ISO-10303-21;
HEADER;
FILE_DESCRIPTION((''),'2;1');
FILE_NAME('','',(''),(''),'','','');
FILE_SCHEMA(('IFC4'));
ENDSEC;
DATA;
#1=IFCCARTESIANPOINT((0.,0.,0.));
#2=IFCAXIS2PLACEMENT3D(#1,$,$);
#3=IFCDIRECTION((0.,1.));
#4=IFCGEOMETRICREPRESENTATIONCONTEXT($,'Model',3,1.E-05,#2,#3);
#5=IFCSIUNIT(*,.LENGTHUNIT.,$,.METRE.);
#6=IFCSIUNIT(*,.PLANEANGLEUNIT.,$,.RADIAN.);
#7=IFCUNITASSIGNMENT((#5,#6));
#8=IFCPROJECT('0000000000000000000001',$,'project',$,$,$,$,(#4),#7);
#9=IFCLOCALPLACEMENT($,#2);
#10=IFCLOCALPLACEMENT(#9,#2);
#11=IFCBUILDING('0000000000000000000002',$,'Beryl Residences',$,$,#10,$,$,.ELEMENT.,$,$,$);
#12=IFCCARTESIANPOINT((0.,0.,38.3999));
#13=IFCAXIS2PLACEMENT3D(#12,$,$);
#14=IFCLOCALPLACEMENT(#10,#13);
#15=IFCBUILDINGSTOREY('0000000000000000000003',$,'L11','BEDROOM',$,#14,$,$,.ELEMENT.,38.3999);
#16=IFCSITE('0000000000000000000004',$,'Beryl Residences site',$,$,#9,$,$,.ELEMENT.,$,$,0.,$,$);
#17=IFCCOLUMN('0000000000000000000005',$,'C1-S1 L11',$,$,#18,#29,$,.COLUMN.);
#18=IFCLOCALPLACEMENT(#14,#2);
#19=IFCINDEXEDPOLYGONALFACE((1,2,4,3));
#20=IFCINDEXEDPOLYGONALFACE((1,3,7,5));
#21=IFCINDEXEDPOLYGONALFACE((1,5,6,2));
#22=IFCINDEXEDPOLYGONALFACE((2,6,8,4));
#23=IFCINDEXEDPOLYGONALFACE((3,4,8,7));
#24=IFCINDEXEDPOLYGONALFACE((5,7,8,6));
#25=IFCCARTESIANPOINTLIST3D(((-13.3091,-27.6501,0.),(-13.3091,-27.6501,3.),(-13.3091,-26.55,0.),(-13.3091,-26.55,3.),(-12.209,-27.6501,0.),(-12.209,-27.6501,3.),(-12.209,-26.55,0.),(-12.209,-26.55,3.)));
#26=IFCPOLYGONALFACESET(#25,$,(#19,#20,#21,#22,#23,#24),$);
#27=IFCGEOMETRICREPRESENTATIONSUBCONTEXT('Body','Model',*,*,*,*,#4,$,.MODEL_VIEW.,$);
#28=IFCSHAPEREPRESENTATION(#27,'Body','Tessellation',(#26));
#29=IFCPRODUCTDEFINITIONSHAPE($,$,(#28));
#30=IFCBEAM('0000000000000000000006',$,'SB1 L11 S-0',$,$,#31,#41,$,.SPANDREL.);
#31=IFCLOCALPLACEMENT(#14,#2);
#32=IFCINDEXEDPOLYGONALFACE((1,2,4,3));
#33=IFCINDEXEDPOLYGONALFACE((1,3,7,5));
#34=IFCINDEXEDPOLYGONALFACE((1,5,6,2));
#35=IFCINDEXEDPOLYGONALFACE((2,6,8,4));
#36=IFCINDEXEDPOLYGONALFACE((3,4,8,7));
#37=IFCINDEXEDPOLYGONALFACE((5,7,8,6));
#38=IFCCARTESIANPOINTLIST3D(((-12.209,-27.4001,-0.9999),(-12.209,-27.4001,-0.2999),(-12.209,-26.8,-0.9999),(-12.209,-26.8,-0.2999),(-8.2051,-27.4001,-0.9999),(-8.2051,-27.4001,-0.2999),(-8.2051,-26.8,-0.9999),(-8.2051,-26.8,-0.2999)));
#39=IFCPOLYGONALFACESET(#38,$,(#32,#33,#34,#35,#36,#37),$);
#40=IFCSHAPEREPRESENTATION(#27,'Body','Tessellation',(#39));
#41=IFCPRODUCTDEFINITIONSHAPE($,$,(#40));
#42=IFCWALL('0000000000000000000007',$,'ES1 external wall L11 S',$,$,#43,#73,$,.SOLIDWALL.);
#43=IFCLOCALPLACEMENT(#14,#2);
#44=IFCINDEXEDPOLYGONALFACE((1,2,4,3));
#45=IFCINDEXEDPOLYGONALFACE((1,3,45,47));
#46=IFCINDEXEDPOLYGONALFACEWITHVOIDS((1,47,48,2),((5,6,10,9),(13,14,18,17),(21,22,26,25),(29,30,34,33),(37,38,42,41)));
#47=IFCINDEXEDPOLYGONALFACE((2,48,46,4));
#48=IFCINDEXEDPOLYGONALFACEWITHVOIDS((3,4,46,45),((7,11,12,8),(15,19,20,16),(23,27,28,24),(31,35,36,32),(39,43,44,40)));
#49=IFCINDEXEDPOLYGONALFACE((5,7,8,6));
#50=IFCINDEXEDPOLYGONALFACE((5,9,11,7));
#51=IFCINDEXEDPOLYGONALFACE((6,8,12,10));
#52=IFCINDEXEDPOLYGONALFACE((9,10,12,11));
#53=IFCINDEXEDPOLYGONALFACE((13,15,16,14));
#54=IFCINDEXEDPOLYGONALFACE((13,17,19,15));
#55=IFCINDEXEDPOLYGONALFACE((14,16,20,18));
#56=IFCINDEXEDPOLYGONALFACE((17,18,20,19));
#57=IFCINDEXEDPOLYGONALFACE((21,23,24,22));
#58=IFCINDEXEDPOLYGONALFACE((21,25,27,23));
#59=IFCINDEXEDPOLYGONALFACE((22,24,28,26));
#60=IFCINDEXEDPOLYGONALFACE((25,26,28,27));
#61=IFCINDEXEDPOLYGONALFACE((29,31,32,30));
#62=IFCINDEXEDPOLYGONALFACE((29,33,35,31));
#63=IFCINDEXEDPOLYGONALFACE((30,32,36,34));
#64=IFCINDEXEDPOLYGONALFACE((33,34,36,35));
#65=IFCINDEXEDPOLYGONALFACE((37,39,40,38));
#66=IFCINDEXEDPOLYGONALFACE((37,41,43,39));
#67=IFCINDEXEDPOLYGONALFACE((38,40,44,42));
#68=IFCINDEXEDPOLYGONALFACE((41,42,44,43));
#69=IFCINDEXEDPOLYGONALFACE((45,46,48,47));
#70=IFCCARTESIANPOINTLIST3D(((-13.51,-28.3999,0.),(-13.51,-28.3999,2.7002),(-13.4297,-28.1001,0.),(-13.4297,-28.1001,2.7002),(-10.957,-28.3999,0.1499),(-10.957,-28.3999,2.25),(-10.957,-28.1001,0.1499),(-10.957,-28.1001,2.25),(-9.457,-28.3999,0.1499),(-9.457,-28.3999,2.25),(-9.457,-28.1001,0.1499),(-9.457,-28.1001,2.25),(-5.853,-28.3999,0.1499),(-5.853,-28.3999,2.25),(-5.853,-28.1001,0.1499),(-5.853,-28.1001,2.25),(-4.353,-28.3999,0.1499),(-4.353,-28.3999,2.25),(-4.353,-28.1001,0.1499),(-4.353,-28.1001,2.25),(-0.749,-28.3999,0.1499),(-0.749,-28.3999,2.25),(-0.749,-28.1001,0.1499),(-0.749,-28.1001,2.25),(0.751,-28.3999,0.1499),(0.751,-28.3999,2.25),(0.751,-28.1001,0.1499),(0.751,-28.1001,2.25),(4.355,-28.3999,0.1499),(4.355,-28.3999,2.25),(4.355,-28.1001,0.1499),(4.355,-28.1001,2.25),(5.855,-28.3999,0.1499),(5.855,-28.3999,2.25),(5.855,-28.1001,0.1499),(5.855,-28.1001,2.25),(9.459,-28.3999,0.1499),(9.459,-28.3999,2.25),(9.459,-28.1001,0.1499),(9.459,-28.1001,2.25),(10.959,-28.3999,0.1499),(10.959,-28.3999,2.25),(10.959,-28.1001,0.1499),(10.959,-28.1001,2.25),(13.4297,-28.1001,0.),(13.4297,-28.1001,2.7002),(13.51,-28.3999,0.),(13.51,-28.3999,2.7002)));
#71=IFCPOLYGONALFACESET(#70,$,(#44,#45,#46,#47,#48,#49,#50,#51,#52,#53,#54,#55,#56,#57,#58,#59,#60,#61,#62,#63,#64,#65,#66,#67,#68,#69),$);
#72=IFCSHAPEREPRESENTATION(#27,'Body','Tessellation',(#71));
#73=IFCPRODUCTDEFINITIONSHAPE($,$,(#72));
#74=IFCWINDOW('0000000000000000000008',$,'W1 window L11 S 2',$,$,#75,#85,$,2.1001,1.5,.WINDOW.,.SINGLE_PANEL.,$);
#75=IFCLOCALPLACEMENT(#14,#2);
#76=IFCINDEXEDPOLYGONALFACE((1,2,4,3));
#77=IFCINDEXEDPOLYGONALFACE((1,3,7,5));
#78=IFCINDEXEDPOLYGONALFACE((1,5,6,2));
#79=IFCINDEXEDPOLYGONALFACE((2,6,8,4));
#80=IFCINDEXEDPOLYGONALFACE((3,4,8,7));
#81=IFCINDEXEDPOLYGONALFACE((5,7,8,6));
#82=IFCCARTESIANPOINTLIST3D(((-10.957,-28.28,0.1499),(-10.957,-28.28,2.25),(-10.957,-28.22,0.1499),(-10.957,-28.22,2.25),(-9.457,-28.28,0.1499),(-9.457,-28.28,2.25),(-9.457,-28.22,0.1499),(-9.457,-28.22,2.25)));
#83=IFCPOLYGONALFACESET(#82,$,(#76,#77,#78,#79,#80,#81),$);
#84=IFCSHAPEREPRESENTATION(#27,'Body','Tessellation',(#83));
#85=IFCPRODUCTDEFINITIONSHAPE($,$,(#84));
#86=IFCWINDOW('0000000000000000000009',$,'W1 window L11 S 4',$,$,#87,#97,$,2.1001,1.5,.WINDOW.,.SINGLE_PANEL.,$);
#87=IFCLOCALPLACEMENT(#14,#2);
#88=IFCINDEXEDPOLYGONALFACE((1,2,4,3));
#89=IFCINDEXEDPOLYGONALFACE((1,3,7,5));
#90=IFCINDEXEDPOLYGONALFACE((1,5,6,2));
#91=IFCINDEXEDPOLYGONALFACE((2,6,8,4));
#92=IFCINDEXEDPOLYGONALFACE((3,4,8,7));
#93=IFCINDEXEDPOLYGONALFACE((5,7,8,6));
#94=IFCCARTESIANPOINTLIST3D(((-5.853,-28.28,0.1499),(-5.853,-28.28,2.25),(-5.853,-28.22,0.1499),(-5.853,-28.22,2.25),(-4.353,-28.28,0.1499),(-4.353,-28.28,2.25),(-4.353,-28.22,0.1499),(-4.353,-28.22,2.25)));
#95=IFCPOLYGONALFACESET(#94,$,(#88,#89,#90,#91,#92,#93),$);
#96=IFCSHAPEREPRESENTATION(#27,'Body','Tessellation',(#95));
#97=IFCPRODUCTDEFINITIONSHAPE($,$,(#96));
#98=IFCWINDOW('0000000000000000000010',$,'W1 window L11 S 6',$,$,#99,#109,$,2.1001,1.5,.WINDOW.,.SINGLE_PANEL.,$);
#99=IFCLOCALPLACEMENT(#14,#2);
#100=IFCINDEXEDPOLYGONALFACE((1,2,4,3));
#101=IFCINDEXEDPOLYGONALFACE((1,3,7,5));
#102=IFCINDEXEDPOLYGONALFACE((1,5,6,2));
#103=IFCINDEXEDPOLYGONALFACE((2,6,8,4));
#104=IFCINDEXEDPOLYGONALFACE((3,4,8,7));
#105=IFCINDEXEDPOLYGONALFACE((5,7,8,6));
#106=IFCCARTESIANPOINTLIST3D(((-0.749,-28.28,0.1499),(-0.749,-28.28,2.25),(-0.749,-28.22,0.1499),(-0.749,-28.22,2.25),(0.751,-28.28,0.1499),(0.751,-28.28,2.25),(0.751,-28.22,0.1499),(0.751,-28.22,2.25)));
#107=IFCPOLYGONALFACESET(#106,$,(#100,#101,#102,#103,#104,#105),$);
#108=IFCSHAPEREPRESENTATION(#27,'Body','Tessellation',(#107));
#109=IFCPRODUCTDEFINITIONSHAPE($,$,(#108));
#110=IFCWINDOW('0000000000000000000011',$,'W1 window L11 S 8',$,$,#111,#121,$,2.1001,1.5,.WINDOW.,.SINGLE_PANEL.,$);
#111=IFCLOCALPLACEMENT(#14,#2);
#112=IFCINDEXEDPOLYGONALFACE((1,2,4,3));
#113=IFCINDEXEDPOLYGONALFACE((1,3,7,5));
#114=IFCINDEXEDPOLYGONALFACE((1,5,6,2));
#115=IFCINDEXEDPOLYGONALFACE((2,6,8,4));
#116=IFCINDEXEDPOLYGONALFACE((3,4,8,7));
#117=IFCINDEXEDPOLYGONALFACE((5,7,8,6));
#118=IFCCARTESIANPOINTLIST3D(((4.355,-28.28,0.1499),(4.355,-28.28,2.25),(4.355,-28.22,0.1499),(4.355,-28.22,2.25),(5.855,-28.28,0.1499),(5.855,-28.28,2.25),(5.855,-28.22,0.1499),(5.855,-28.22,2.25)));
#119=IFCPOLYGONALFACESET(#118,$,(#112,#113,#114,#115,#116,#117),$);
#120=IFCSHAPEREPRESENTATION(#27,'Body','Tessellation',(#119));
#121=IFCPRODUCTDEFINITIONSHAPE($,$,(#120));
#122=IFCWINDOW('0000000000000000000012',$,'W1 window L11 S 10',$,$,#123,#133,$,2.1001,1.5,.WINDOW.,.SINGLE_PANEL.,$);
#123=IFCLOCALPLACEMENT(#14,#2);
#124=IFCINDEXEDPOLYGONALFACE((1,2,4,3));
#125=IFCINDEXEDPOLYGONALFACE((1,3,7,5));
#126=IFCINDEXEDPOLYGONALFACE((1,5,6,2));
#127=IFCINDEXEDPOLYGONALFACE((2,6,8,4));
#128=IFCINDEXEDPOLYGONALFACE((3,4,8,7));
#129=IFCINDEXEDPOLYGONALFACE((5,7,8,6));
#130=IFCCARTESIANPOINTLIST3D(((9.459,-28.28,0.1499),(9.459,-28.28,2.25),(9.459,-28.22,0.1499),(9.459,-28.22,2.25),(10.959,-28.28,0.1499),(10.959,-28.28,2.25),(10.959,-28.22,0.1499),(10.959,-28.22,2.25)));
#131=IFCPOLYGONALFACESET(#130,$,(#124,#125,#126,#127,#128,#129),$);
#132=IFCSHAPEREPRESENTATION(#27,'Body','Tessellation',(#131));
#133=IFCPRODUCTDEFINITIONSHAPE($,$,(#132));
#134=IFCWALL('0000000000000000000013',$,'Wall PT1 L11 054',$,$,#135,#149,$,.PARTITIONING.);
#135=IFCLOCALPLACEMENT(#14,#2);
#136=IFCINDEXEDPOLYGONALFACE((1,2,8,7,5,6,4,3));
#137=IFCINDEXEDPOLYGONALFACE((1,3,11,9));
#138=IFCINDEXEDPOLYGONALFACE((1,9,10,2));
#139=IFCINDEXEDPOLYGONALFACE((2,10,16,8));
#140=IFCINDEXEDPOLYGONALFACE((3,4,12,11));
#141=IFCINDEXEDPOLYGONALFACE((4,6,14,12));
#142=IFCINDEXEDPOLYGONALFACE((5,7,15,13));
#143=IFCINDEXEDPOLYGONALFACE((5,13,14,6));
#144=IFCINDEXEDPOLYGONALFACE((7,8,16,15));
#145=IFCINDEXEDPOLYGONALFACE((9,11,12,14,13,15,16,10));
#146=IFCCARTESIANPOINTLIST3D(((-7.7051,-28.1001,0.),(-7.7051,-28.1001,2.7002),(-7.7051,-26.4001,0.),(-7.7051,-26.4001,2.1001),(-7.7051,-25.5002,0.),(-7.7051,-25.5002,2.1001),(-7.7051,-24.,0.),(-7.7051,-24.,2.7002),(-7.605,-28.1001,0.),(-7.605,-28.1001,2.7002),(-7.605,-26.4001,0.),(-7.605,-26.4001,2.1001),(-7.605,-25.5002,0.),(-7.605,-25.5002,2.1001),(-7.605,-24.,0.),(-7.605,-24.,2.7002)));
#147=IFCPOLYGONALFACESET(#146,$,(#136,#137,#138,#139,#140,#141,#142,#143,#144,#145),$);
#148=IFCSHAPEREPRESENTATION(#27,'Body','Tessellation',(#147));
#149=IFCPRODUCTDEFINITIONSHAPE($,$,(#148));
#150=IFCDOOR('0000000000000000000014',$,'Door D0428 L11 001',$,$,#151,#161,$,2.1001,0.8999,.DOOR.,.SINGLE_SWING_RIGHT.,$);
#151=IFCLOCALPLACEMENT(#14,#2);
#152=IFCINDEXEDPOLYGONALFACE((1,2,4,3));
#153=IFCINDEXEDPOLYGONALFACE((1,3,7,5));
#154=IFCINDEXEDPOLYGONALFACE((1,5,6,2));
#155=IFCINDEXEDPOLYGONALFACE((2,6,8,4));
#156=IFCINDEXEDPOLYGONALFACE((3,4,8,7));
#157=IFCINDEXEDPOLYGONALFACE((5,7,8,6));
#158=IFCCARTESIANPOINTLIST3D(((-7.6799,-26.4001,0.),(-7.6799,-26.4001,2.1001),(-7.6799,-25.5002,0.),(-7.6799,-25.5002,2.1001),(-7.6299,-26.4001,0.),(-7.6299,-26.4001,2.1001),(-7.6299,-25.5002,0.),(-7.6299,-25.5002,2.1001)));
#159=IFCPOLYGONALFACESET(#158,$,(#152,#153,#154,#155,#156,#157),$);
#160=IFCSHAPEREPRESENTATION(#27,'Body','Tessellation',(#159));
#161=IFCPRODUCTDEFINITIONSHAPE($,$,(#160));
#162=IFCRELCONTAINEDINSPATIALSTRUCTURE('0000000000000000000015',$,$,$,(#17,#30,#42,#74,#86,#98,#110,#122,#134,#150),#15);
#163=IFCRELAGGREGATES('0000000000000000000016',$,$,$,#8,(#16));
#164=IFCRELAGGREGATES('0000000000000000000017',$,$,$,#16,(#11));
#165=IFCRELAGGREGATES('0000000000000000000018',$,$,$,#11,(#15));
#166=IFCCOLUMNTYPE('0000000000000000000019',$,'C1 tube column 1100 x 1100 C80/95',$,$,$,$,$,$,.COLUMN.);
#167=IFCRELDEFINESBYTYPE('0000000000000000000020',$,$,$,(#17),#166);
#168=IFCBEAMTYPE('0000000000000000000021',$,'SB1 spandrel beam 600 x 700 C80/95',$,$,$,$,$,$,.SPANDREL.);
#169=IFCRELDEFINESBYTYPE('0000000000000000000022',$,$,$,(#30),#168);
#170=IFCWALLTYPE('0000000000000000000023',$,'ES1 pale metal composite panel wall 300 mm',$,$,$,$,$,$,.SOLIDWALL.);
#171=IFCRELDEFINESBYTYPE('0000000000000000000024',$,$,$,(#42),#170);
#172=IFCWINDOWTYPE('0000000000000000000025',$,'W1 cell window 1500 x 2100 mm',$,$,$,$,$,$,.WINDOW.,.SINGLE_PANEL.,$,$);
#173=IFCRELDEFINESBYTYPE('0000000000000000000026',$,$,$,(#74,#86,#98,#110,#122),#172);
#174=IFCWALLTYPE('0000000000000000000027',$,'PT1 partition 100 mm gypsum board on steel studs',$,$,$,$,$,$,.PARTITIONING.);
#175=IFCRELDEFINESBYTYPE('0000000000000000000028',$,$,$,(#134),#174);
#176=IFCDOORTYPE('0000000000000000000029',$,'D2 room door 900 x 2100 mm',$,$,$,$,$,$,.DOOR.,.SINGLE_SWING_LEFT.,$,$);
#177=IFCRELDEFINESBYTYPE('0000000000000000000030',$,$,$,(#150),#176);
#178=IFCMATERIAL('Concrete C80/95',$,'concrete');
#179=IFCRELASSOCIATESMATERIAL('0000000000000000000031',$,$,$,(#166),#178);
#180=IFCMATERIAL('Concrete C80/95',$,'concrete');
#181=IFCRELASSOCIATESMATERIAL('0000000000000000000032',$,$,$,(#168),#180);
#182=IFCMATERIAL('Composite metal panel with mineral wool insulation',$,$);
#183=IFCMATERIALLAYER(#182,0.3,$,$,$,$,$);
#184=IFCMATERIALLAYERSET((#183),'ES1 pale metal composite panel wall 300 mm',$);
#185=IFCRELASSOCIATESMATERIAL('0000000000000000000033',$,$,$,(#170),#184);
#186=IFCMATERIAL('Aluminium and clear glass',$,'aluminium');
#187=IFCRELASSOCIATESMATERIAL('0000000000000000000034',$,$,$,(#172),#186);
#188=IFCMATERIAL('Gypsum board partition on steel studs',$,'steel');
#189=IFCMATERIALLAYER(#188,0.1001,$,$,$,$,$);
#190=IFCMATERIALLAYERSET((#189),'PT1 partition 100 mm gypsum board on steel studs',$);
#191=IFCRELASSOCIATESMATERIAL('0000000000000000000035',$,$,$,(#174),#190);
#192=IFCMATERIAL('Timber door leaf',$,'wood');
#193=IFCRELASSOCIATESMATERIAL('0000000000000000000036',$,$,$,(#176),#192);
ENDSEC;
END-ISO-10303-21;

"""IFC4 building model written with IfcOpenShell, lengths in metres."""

from ifc_helpers import new_model, si_unit, direction, frame, frame_2d, origin, origin_2d, place, context, subcontext, project, spatial, polyline, rectangle, outline, extrude, material, layer, layer_set, material_profile, profile_set, type_object, element, fill, save


model = new_model("IFC4")

# Units and contexts
model_context = context("Model", 3, precision=1e-05, world=origin(), true_north=direction((0.0, 1.0)))
body_context = subcontext(model_context, "Body", "Model", "MODEL_VIEW")
ifc_project = project(units=[si_unit("LENGTHUNIT", "METRE"), si_unit("PLANEANGLEUNIT", "RADIAN")], contexts=[model_context])

# Site, building, storey
site_placement = place(None, origin())
site = spatial("IfcSite", under=ifc_project, at=site_placement, Name="Beryl Residences site", CompositionType="ELEMENT", RefElevation=0.0)
building_placement = place(site_placement, origin())
building = spatial("IfcBuilding", under=site, at=building_placement, Name="Beryl Residences", CompositionType="ELEMENT")
storey_placement = place(building_placement, frame((0.0, 0.0, 38.3999)))
storey = spatial("IfcBuildingStorey", under=building, at=storey_placement, Name="L11", Description="BEDROOM", CompositionType="ELEMENT", Elevation=38.3999)

# Column
ifc_material_1 = material(Name="Concrete C80/95", Category="concrete")
ifc_material_profile_1 = material_profile(ifc_material_1, rectangle(XDim=1.1001, YDim=1.1001, at=origin_2d()))
ifc_profile_set_1 = profile_set([ifc_material_profile_1], Name="Concrete C80/95")
column_type = type_object("IfcColumnType", Name="C1 tube column 1100 x 1100 C80/95", PredefinedType="COLUMN", material=ifc_profile_set_1)
column_placement = place(storey_placement, frame((-12.759, -27.1001, 0.0), z_axis=(0.0, 0.0, 1.0), x_axis=(1.0, 0.0, 0.0)))
element("IfcColumn", 1, at=column_placement, inside=storey, type_object=column_type, Name="C1-S1 L11", PredefinedType="COLUMN", context=body_context, shape_type="SweptSolid", body=[
    extrude(rectangle(XDim=1.1001, YDim=1.1001, at=origin_2d()), origin(), (0.0, 0.0, 1.0), 3.0),
])

# Beam
ifc_material_2 = material(Name="Concrete C80/95", Category="concrete")
ifc_material_profile_2 = material_profile(ifc_material_2, rectangle(XDim=0.6001, YDim=0.7, at=origin_2d()))
ifc_profile_set_2 = profile_set([ifc_material_profile_2], Name="Concrete C80/95")
beam_type = type_object("IfcBeamType", Name="SB1 spandrel beam 600 x 700 C80/95", PredefinedType="SPANDREL", material=ifc_profile_set_2)
beam_placement = place(storey_placement, frame((-12.209, -27.1001, -0.6499), z_axis=(1.0, 0.0, 0.0), x_axis=(0.0, 1.0, 0.0)))
element("IfcBeam", 2, at=beam_placement, inside=storey, type_object=beam_type, Name="SB1 L11 S-0", PredefinedType="SPANDREL", context=body_context, shape_type="SweptSolid", body=[
    extrude(rectangle(XDim=0.6001, YDim=0.7, at=origin_2d()), origin(), (0.0, 0.0, 1.0), 4.0039),
])

# Wall, openings, windows
ifc_material_3 = material(Name="Composite metal panel with mineral wool insulation")
ifc_layer_1 = layer(ifc_material_3, 0.3)
ifc_layer_set_1 = layer_set([ifc_layer_1], Name="ES1 pale metal composite panel wall 300 mm")
wall_type_1 = type_object("IfcWallType", Name="ES1 pale metal composite panel wall 300 mm", PredefinedType="SOLIDWALL", material=ifc_layer_set_1)
wall_1_placement = place(storey_placement, frame((-13.51, -28.25, 0.0), z_axis=(0.0, 0.0, 1.0), x_axis=(1.0, 0.0, 0.0)))
wall_1 = element("IfcWall", 3, at=wall_1_placement, inside=storey, type_object=wall_type_1, Name="ES1 external wall L11 S", PredefinedType="SOLIDWALL", context=body_context, shape_type="SweptSolid", body=[
    extrude(outline(polyline([(0.0, -0.1499), (27.02, -0.1499), (26.9397, 0.1499), (0.0803, 0.1499), (0.0, -0.1499)])), origin(), (0.0, 0.0, 1.0), 2.7002),
])
opening_1_placement = place(wall_1_placement, frame((2.553, 0.0, 0.1499)))
opening_1 = element("IfcOpeningElement", 4, at=opening_1_placement, cuts=wall_1, PredefinedType="OPENING", context=body_context, shape_type="SweptSolid", body=[
    extrude(rectangle(XDim=1.5, YDim=2.1001, at=frame_2d((0.75, 1.05))), frame((0.0, 0.1599, 0.0), z_axis=(0.0, -1.0, 0.0), x_axis=(1.0, 0.0, 0.0)), (0.0, 0.0, 1.0), 0.3201),
])
opening_2_placement = place(wall_1_placement, frame((7.657, 0.0, 0.1499)))
opening_2 = element("IfcOpeningElement", 5, at=opening_2_placement, cuts=wall_1, PredefinedType="OPENING", context=body_context, shape_type="SweptSolid", body=[
    extrude(rectangle(XDim=1.5, YDim=2.1001, at=frame_2d((0.75, 1.05))), frame((0.0, 0.1599, 0.0), z_axis=(0.0, -1.0, 0.0), x_axis=(1.0, 0.0, 0.0)), (0.0, 0.0, 1.0), 0.3201),
])
opening_3_placement = place(wall_1_placement, frame((12.761, 0.0, 0.1499)))
opening_3 = element("IfcOpeningElement", 6, at=opening_3_placement, cuts=wall_1, PredefinedType="OPENING", context=body_context, shape_type="SweptSolid", body=[
    extrude(rectangle(XDim=1.5, YDim=2.1001, at=frame_2d((0.75, 1.05))), frame((0.0, 0.1599, 0.0), z_axis=(0.0, -1.0, 0.0), x_axis=(1.0, 0.0, 0.0)), (0.0, 0.0, 1.0), 0.3201),
])
opening_4_placement = place(wall_1_placement, frame((17.865, 0.0, 0.1499)))
opening_4 = element("IfcOpeningElement", 7, at=opening_4_placement, cuts=wall_1, PredefinedType="OPENING", context=body_context, shape_type="SweptSolid", body=[
    extrude(rectangle(XDim=1.5, YDim=2.1001, at=frame_2d((0.75, 1.05))), frame((0.0, 0.1599, 0.0), z_axis=(0.0, -1.0, 0.0), x_axis=(1.0, 0.0, 0.0)), (0.0, 0.0, 1.0), 0.3201),
])
opening_5_placement = place(wall_1_placement, frame((22.969, 0.0, 0.1499)))
opening_5 = element("IfcOpeningElement", 8, at=opening_5_placement, cuts=wall_1, PredefinedType="OPENING", context=body_context, shape_type="SweptSolid", body=[
    extrude(rectangle(XDim=1.5, YDim=2.1001, at=frame_2d((0.75, 1.05))), frame((0.0, 0.1599, 0.0), z_axis=(0.0, -1.0, 0.0), x_axis=(1.0, 0.0, 0.0)), (0.0, 0.0, 1.0), 0.3201),
])
ifc_material_4 = material(Name="Aluminium and clear glass", Category="aluminium")
window_type = type_object("IfcWindowType", Name="W1 cell window 1500 x 2100 mm", PartitioningType="SINGLE_PANEL", PredefinedType="WINDOW", material=ifc_material_4)
window_1_placement = place(opening_1_placement, origin())
window_1 = element("IfcWindow", 9, at=window_1_placement, inside=storey, type_object=window_type, Name="W1 window L11 S 2", OverallHeight=2.1001, OverallWidth=1.5, PartitioningType="SINGLE_PANEL", PredefinedType="WINDOW", context=body_context, shape_type="SweptSolid", body=[
    extrude(rectangle(XDim=1.5, YDim=2.1001, at=frame_2d((0.75, 1.05))), frame((0.0, 0.03, 0.0), z_axis=(0.0, -1.0, 0.0), x_axis=(1.0, 0.0, 0.0)), (0.0, 0.0, 1.0), 0.0601),
])
fill(opening_1, window_1)
window_2_placement = place(opening_2_placement, origin())
window_2 = element("IfcWindow", 10, at=window_2_placement, inside=storey, type_object=window_type, Name="W1 window L11 S 4", OverallHeight=2.1001, OverallWidth=1.5, PartitioningType="SINGLE_PANEL", PredefinedType="WINDOW", context=body_context, shape_type="SweptSolid", body=[
    extrude(rectangle(XDim=1.5, YDim=2.1001, at=frame_2d((0.75, 1.05))), frame((0.0, 0.03, 0.0), z_axis=(0.0, -1.0, 0.0), x_axis=(1.0, 0.0, 0.0)), (0.0, 0.0, 1.0), 0.0601),
])
fill(opening_2, window_2)
window_3_placement = place(opening_3_placement, origin())
window_3 = element("IfcWindow", 11, at=window_3_placement, inside=storey, type_object=window_type, Name="W1 window L11 S 6", OverallHeight=2.1001, OverallWidth=1.5, PartitioningType="SINGLE_PANEL", PredefinedType="WINDOW", context=body_context, shape_type="SweptSolid", body=[
    extrude(rectangle(XDim=1.5, YDim=2.1001, at=frame_2d((0.75, 1.05))), frame((0.0, 0.03, 0.0), z_axis=(0.0, -1.0, 0.0), x_axis=(1.0, 0.0, 0.0)), (0.0, 0.0, 1.0), 0.0601),
])
fill(opening_3, window_3)
window_4_placement = place(opening_4_placement, origin())
window_4 = element("IfcWindow", 12, at=window_4_placement, inside=storey, type_object=window_type, Name="W1 window L11 S 8", OverallHeight=2.1001, OverallWidth=1.5, PartitioningType="SINGLE_PANEL", PredefinedType="WINDOW", context=body_context, shape_type="SweptSolid", body=[
    extrude(rectangle(XDim=1.5, YDim=2.1001, at=frame_2d((0.75, 1.05))), frame((0.0, 0.03, 0.0), z_axis=(0.0, -1.0, 0.0), x_axis=(1.0, 0.0, 0.0)), (0.0, 0.0, 1.0), 0.0601),
])
fill(opening_4, window_4)
window_5_placement = place(opening_5_placement, origin())
window_5 = element("IfcWindow", 13, at=window_5_placement, inside=storey, type_object=window_type, Name="W1 window L11 S 10", OverallHeight=2.1001, OverallWidth=1.5, PartitioningType="SINGLE_PANEL", PredefinedType="WINDOW", context=body_context, shape_type="SweptSolid", body=[
    extrude(rectangle(XDim=1.5, YDim=2.1001, at=frame_2d((0.75, 1.05))), frame((0.0, 0.03, 0.0), z_axis=(0.0, -1.0, 0.0), x_axis=(1.0, 0.0, 0.0)), (0.0, 0.0, 1.0), 0.0601),
])
fill(opening_5, window_5)

# Wall, opening, door
ifc_material_5 = material(Name="Gypsum board partition on steel studs", Category="steel")
ifc_layer_2 = layer(ifc_material_5, 0.1001)
ifc_layer_set_2 = layer_set([ifc_layer_2], Name="PT1 partition 100 mm gypsum board on steel studs")
wall_type_2 = type_object("IfcWallType", Name="PT1 partition 100 mm gypsum board on steel studs", PredefinedType="PARTITIONING", material=ifc_layer_set_2)
wall_2_placement = place(storey_placement, frame((-7.655, -28.1001, 0.0), z_axis=(0.0, 0.0, 1.0), x_axis=(0.0, 1.0, 0.0)))
wall_2 = element("IfcWall", 14, at=wall_2_placement, inside=storey, type_object=wall_type_2, Name="Wall PT1 L11 054", PredefinedType="PARTITIONING", context=body_context, shape_type="SweptSolid", body=[
    extrude(rectangle(XDim=4.1001, YDim=0.1001, at=frame_2d((2.05, 0.0))), origin(), (0.0, 0.0, 1.0), 2.7002),
])
opening_6_placement = place(wall_2_placement, frame((1.7, 0.0, 0.0)))
opening_6 = element("IfcOpeningElement", 15, at=opening_6_placement, cuts=wall_2, PredefinedType="OPENING", context=body_context, shape_type="SweptSolid", body=[
    extrude(rectangle(XDim=0.8999, YDim=2.1001, at=frame_2d((0.45, 1.05))), frame((0.0, 0.0601, 0.0), z_axis=(0.0, -1.0, 0.0), x_axis=(1.0, 0.0, 0.0)), (0.0, 0.0, 1.0), 0.1201),
])
ifc_material_6 = material(Name="Timber door leaf", Category="wood")
door_type_1 = type_object("IfcDoorType", Name="D2 room door 900 x 2100 mm", OperationType="SINGLE_SWING_LEFT", PredefinedType="DOOR", material=ifc_material_6)
door_1_placement = place(opening_6_placement, origin())
door_1 = element("IfcDoor", 16, at=door_1_placement, inside=storey, type_object=door_type_1, Name="Door D0428 L11 001", OperationType="SINGLE_SWING_RIGHT", OverallHeight=2.1001, OverallWidth=0.8999, PredefinedType="DOOR", context=body_context, shape_type="SweptSolid", body=[
    extrude(rectangle(XDim=0.8999, YDim=2.1001, at=frame_2d((0.45, 1.05))), frame((0.0, 0.0249, 0.0), z_axis=(0.0, -1.0, 0.0), x_axis=(1.0, 0.0, 0.0)), (0.0, 0.0, 1.0), 0.05),
])
fill(opening_6, door_1)

save(model, "model.ifc")
